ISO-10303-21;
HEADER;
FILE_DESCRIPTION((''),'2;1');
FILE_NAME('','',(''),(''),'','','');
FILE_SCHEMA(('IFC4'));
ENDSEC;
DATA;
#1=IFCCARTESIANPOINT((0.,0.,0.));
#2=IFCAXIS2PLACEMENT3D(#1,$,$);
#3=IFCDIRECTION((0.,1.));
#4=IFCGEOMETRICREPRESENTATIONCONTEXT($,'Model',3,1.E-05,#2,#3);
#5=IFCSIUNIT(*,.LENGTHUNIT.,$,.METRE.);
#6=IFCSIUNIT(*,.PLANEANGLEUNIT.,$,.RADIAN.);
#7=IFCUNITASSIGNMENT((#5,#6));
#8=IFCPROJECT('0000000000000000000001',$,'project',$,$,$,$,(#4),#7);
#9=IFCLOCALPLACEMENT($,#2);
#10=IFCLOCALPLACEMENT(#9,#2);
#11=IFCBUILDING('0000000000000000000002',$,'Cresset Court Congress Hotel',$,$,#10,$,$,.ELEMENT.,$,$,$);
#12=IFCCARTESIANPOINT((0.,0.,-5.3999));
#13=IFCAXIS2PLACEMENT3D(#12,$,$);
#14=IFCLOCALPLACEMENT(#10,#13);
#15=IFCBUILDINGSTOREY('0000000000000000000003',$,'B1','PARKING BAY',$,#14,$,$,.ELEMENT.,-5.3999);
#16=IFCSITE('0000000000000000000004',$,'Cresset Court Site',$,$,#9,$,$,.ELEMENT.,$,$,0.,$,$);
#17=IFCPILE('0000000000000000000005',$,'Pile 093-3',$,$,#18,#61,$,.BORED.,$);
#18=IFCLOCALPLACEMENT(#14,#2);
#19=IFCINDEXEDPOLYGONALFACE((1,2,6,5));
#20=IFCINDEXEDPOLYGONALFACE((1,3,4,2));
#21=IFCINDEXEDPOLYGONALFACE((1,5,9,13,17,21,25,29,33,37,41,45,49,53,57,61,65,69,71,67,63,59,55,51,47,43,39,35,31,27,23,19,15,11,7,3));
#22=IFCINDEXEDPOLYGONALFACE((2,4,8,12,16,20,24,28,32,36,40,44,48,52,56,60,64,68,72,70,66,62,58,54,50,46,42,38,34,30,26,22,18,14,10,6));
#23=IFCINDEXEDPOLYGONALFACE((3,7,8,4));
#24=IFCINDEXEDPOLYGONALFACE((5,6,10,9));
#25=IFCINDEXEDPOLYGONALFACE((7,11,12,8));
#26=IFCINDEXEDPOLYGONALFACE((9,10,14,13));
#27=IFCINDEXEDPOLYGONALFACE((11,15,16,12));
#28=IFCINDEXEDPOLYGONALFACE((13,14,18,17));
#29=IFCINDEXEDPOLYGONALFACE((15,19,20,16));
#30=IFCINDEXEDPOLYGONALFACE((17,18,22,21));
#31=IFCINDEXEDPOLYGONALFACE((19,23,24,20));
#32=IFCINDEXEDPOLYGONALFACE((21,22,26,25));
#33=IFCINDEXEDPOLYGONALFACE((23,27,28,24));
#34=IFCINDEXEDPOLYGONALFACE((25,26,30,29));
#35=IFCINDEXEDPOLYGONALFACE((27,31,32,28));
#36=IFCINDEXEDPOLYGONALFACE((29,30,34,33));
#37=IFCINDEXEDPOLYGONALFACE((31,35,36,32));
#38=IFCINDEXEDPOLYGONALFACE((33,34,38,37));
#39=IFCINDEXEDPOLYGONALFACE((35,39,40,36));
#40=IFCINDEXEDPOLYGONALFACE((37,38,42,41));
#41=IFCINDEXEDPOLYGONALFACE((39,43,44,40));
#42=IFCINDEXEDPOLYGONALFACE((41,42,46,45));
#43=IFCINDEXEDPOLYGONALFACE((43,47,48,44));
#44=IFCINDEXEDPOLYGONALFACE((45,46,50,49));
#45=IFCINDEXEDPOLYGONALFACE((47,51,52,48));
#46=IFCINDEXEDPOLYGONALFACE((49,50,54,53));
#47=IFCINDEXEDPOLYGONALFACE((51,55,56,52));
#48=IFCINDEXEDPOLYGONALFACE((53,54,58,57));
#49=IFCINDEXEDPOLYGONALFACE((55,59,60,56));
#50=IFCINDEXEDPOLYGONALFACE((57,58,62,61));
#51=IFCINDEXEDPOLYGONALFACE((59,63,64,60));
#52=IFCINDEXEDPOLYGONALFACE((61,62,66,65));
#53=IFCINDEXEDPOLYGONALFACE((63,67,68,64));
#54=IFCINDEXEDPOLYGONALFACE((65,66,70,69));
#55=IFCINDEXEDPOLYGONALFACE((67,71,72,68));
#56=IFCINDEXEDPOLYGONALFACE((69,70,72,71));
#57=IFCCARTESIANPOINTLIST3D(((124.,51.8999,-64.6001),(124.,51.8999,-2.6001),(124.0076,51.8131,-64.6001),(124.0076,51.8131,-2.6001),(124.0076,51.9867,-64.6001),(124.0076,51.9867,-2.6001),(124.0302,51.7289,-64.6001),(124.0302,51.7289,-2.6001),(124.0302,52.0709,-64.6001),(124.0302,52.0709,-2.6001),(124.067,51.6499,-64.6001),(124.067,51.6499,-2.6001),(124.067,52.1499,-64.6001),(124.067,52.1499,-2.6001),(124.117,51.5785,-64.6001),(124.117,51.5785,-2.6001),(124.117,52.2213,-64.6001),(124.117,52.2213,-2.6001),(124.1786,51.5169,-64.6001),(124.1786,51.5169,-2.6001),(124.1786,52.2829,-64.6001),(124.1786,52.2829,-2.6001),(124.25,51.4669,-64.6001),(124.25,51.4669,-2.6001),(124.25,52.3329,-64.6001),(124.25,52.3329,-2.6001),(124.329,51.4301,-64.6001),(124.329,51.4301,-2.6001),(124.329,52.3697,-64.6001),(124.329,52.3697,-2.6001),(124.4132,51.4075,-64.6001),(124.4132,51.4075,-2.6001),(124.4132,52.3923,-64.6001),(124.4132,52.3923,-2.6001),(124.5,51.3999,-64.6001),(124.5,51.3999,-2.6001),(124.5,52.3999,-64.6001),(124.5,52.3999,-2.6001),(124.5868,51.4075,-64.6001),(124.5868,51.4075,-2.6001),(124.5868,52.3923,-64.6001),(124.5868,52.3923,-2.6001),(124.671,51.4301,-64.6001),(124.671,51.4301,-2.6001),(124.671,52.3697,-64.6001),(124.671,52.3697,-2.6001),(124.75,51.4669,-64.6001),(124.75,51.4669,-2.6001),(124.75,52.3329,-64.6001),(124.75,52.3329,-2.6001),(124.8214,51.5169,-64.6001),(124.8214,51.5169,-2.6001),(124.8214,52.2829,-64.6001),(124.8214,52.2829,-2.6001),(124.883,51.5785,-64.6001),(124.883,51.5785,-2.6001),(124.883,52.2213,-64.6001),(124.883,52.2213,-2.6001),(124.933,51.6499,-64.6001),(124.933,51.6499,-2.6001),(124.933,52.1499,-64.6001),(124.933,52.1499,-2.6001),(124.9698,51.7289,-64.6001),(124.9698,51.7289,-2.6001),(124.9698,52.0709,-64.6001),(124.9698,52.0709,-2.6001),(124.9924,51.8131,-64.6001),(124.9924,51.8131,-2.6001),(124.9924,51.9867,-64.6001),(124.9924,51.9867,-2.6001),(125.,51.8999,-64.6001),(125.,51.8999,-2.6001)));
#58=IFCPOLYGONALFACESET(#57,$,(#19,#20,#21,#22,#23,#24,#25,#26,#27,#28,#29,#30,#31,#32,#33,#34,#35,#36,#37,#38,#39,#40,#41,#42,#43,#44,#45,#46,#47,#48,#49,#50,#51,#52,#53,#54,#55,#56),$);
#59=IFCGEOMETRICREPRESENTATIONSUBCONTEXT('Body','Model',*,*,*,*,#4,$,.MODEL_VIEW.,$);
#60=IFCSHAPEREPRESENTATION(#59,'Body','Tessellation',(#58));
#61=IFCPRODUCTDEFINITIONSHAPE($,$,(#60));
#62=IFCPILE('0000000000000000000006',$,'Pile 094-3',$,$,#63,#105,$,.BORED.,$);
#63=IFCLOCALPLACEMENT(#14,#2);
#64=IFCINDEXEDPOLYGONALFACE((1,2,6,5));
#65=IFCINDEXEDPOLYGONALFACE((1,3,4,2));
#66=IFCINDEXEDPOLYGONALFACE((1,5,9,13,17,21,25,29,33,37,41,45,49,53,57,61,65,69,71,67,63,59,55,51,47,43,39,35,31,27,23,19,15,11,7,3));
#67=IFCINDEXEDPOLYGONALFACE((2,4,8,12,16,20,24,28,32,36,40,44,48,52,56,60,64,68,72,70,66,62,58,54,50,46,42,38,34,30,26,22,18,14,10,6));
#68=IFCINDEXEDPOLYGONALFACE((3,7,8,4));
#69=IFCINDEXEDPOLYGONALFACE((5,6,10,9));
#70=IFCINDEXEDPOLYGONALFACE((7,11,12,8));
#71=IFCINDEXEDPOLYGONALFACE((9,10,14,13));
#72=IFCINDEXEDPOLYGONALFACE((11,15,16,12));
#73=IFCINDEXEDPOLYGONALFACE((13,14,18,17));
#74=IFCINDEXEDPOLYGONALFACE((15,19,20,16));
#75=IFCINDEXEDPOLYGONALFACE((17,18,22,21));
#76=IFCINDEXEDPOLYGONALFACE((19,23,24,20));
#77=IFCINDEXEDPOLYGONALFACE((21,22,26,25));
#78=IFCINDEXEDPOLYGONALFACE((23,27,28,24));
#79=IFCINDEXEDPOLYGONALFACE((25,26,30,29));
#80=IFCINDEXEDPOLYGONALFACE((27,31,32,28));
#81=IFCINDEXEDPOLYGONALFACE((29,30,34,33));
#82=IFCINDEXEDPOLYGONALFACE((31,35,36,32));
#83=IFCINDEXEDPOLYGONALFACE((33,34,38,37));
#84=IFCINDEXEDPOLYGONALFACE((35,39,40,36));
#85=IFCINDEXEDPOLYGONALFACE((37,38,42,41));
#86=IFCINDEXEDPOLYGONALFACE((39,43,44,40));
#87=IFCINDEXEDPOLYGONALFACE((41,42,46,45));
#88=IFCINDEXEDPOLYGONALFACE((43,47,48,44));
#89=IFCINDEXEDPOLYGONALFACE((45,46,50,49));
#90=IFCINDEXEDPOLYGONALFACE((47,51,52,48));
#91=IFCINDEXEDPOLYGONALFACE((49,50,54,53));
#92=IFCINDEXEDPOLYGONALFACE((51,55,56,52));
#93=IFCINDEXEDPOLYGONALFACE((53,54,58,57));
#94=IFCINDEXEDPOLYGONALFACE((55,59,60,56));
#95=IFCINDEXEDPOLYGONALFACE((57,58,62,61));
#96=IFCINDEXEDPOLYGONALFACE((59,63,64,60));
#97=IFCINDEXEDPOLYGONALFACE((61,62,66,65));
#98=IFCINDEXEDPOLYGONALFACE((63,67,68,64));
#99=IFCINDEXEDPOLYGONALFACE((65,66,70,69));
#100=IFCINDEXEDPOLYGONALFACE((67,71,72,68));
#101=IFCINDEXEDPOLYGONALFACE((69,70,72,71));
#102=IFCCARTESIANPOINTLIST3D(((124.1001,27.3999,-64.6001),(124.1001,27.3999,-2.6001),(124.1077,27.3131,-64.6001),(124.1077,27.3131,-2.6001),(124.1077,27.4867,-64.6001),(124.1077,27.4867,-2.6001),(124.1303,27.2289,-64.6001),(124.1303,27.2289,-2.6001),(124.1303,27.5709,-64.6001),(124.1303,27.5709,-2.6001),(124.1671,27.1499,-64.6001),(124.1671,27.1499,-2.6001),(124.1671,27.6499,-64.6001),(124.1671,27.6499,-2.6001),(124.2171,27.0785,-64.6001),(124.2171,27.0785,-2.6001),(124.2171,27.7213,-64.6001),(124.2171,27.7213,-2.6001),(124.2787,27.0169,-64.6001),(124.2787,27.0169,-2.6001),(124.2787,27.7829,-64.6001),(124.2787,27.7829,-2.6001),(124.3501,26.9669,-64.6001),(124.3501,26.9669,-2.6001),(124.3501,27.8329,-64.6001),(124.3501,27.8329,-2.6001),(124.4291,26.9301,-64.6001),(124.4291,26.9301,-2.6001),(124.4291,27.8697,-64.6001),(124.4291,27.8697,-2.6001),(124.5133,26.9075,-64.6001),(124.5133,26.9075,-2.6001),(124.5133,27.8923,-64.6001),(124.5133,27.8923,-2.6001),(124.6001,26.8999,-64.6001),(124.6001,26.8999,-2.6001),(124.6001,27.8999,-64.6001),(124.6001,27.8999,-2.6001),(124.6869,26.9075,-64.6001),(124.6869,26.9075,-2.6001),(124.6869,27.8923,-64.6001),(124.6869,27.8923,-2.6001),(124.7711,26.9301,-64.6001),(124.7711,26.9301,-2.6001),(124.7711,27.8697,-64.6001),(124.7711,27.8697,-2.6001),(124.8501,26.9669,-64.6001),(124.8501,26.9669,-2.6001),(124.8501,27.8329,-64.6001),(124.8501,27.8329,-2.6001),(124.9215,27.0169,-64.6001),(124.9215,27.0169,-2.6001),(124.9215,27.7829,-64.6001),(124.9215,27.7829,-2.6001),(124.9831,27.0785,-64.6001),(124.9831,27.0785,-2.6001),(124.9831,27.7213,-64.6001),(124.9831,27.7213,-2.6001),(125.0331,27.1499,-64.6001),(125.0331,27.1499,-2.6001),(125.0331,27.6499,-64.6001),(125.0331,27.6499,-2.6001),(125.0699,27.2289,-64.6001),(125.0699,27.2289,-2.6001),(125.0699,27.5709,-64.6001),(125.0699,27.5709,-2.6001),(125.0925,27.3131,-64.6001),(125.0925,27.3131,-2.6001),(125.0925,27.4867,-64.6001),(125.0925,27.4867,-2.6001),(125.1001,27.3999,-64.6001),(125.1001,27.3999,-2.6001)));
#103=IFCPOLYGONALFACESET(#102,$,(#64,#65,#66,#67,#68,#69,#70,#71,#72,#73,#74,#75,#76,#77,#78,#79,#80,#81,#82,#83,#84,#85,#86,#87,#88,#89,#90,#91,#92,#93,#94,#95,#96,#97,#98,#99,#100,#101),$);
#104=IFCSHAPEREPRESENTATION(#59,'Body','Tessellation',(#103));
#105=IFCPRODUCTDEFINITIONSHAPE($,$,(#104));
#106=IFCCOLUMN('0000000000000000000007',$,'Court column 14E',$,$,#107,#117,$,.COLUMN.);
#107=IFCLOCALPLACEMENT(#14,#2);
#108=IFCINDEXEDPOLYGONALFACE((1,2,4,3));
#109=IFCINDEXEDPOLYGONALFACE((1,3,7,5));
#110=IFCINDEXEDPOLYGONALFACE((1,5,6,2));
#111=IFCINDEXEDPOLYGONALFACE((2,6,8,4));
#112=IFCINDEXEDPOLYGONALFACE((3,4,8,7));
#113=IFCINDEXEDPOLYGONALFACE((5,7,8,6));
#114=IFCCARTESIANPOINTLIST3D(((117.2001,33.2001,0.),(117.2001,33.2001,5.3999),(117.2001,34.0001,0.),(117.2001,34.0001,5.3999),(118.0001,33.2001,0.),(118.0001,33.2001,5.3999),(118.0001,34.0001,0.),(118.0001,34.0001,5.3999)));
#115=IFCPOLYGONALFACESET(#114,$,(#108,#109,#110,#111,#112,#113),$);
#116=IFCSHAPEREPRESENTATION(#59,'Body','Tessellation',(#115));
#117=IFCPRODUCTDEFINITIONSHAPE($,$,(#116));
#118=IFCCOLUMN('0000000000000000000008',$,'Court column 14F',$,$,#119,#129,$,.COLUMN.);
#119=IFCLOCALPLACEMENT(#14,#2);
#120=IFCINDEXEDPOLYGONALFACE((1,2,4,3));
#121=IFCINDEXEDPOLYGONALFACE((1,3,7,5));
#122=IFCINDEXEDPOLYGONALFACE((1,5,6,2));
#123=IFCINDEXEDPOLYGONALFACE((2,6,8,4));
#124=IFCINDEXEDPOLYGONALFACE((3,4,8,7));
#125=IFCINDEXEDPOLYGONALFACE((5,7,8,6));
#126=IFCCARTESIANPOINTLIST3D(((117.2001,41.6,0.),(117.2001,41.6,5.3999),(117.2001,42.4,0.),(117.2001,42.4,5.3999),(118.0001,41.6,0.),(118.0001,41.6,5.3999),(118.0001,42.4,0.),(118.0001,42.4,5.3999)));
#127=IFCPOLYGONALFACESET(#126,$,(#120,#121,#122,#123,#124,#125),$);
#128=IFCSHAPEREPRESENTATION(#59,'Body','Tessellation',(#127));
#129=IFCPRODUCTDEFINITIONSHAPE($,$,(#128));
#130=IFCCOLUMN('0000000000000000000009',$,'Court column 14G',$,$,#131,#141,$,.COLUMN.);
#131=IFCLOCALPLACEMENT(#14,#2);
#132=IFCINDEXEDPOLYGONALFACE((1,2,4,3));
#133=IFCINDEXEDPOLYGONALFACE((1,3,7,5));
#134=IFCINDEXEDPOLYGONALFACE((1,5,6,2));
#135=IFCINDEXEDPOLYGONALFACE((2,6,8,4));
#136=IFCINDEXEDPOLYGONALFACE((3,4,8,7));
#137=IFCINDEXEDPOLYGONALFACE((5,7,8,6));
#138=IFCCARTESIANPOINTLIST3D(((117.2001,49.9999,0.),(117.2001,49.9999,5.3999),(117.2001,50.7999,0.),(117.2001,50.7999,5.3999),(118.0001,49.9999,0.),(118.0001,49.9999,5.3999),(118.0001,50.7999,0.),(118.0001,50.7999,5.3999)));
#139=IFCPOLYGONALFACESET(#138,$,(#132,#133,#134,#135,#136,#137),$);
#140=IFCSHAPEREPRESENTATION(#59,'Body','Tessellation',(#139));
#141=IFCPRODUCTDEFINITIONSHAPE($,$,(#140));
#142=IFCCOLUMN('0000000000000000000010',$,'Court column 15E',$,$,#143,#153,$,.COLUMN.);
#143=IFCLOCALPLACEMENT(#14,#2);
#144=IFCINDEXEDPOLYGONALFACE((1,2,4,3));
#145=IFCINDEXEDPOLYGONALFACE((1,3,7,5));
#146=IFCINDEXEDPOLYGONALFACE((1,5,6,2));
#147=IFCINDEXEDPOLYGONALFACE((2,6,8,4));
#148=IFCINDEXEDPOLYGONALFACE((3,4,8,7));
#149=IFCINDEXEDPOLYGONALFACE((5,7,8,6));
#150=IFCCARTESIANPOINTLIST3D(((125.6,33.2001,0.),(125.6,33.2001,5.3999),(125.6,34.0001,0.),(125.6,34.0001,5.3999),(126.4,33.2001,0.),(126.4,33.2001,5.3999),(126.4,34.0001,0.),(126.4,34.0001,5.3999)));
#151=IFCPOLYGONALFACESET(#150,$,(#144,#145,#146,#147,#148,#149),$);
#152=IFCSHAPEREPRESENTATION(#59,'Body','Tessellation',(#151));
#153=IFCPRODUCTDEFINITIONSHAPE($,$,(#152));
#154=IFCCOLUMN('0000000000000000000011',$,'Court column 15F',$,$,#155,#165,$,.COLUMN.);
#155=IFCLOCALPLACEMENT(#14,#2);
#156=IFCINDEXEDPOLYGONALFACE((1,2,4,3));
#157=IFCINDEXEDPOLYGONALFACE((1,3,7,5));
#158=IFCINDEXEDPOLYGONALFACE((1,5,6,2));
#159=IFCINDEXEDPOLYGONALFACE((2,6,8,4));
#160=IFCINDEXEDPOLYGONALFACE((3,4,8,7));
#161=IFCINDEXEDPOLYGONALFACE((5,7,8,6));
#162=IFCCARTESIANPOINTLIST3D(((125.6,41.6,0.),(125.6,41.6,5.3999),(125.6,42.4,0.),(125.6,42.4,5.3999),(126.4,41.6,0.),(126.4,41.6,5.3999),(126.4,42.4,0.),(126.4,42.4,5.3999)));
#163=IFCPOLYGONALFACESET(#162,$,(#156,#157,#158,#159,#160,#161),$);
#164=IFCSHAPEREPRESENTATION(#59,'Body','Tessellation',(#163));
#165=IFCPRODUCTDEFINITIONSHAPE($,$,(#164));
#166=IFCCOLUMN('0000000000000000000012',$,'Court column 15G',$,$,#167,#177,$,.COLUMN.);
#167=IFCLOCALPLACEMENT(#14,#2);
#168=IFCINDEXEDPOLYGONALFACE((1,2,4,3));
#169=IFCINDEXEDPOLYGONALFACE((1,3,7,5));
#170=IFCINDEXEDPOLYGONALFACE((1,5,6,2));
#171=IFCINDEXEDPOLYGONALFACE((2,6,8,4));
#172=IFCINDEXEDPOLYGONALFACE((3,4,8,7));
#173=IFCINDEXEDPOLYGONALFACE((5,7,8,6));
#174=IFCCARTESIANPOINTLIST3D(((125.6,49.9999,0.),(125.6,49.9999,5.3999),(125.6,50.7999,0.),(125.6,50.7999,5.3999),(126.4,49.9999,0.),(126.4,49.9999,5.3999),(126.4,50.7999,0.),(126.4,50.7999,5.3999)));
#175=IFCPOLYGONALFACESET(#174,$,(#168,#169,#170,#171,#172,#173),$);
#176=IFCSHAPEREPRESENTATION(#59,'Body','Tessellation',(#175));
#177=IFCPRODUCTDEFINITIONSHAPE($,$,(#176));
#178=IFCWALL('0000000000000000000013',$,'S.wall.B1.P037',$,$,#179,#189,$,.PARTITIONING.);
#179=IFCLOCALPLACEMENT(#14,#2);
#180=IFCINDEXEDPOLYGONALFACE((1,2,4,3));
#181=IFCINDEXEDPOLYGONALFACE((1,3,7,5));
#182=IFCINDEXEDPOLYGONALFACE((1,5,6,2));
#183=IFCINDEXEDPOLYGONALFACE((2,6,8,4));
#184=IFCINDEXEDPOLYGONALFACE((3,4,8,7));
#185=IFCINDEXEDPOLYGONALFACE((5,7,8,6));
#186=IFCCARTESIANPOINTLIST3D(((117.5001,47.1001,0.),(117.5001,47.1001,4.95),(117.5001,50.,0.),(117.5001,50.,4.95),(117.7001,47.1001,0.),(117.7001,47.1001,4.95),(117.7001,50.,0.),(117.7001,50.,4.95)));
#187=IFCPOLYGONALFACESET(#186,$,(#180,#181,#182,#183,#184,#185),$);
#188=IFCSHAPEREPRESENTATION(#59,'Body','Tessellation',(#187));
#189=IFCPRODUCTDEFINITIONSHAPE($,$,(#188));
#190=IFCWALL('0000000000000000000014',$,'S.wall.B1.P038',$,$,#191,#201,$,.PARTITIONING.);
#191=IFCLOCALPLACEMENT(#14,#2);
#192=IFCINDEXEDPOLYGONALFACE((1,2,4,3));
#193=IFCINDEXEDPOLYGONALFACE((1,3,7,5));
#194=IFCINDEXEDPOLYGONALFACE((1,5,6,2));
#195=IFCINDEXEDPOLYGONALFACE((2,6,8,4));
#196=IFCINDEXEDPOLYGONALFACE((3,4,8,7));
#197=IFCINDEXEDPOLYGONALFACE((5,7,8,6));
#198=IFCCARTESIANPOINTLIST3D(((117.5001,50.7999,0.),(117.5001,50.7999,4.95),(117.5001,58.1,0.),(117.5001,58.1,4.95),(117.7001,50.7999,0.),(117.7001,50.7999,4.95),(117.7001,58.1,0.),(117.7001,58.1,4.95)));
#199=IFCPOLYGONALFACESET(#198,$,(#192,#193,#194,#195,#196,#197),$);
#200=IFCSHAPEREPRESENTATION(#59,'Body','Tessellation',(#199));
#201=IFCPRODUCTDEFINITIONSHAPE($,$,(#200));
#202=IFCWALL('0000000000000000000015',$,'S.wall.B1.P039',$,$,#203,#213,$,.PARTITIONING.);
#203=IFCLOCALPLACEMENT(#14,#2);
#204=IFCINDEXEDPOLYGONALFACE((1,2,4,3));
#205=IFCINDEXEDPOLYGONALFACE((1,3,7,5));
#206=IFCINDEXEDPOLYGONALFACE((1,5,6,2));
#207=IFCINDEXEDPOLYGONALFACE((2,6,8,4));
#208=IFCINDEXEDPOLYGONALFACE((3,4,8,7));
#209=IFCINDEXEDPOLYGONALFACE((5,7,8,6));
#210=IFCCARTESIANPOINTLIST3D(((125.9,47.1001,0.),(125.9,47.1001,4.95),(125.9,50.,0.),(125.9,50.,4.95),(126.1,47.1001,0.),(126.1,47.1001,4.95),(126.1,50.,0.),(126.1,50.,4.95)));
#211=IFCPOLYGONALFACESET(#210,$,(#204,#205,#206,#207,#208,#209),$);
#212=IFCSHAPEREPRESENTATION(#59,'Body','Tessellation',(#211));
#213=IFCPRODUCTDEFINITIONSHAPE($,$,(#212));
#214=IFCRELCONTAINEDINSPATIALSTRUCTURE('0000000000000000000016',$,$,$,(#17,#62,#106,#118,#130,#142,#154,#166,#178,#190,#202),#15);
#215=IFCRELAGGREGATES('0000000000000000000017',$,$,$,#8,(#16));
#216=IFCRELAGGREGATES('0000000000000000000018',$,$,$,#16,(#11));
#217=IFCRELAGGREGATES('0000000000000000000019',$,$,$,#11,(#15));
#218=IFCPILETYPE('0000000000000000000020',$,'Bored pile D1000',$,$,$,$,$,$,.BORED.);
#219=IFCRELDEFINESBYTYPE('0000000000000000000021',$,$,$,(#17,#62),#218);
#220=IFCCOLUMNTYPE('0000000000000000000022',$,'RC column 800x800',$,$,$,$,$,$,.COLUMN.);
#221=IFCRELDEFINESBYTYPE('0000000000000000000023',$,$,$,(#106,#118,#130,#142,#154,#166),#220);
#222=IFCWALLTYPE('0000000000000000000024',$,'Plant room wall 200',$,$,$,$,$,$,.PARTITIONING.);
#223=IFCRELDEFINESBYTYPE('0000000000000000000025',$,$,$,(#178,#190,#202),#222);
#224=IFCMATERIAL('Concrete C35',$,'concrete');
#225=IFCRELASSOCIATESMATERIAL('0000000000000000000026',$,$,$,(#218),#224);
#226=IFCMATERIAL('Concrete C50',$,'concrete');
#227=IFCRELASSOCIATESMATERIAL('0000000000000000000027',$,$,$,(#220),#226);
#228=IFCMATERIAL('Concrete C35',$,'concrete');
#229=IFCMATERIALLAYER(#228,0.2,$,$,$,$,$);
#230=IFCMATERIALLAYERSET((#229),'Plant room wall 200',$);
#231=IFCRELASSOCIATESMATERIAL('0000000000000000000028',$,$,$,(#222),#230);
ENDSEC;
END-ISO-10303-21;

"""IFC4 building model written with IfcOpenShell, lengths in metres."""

from ifc_helpers import new_model, si_unit, direction, frame, frame_2d, origin, origin_2d, place, context, subcontext, project, spatial, rectangle, circle, extrude, material, layer, layer_set, material_profile, profile_set, type_object, element, save


model = new_model("IFC4")

# Units and contexts
model_context = context("Model", 3, precision=1e-05, world=origin(), true_north=direction((0.0, 1.0)))
body_context = subcontext(model_context, "Body", "Model", "MODEL_VIEW")
ifc_project = project(units=[si_unit("LENGTHUNIT", "METRE"), si_unit("PLANEANGLEUNIT", "RADIAN")], contexts=[model_context])

# Site, building, storey
site_placement = place(None, origin())
site = spatial("IfcSite", under=ifc_project, at=site_placement, Name="Cresset Court Site", CompositionType="ELEMENT", RefElevation=0.0)
building_placement = place(site_placement, origin())
building = spatial("IfcBuilding", under=site, at=building_placement, Name="Cresset Court Congress Hotel", CompositionType="ELEMENT")
storey_placement = place(building_placement, frame((0.0, 0.0, -5.3999)))
storey = spatial("IfcBuildingStorey", under=building, at=storey_placement, Name="B1", Description="PARKING BAY", CompositionType="ELEMENT", Elevation=-5.3999)

# Piles
ifc_material_1 = material(Name="Concrete C35", Category="concrete")
pile_type = type_object("IfcPileType", Name="Bored pile D1000", PredefinedType="BORED", material=ifc_material_1)
for number, where, z_axis, x_axis, name in (
    (1, (124.5, 51.8999, -2.6001), (0.0, 0.0, -1.0), (1.0, 0.0, 0.0), "Pile 093-3"),
    (2, (124.6001, 27.3999, -2.6001), (0.0, 0.0, -1.0), (1.0, 0.0, 0.0), "Pile 094-3"),
):
    element("IfcPile", number, at=place(storey_placement, frame(where, z_axis=z_axis, x_axis=x_axis)), inside=storey, type_object=pile_type, Name=name, PredefinedType="BORED", context=body_context, shape_type="SweptSolid", body=[
        extrude(circle(Radius=0.5, at=origin_2d()), origin(), (0.0, 0.0, 1.0), 62.0),
    ])

# Columns
ifc_material_2 = material(Name="Concrete C50", Category="concrete")
ifc_material_profile = material_profile(ifc_material_2, rectangle(XDim=0.8, YDim=0.8, at=origin_2d()), Name="RC800x800")
ifc_profile_set = profile_set([ifc_material_profile], Name="Concrete C50")
column_type = type_object("IfcColumnType", Name="RC column 800x800", PredefinedType="COLUMN", material=ifc_profile_set)
for number, where, z_axis, x_axis, name in (
    (3, (117.6001, 33.6001, 0.0), (0.0, 0.0, 1.0), (1.0, 0.0, 0.0), "Court column 14E"),
    (4, (117.6001, 42.0, 0.0), (0.0, 0.0, 1.0), (1.0, 0.0, 0.0), "Court column 14F"),
    (5, (117.6001, 50.3999, 0.0), (0.0, 0.0, 1.0), (1.0, 0.0, 0.0), "Court column 14G"),
    (6, (126.0, 33.6001, 0.0), (0.0, 0.0, 1.0), (1.0, 0.0, 0.0), "Court column 15E"),
    (7, (126.0, 42.0, 0.0), (0.0, 0.0, 1.0), (1.0, 0.0, 0.0), "Court column 15F"),
    (8, (126.0, 50.3999, 0.0), (0.0, 0.0, 1.0), (1.0, 0.0, 0.0), "Court column 15G"),
):
    element("IfcColumn", number, at=place(storey_placement, frame(where, z_axis=z_axis, x_axis=x_axis)), inside=storey, type_object=column_type, Name=name, PredefinedType="COLUMN", context=body_context, shape_type="SweptSolid", body=[
        extrude(rectangle(XDim=0.8, YDim=0.8, at=origin_2d()), origin(), (0.0, 0.0, 1.0), 5.3999),
    ])

# Walls
ifc_material_3 = material(Name="Concrete C35", Category="concrete")
ifc_layer = layer(ifc_material_3, 0.2)
ifc_layer_set = layer_set([ifc_layer], Name="Plant room wall 200")
wall_type = type_object("IfcWallType", Name="Plant room wall 200", PredefinedType="PARTITIONING", material=ifc_layer_set)
wall_1_placement = place(storey_placement, frame((117.6001, 47.1001, 0.0), z_axis=(0.0, 0.0, 1.0), x_axis=(0.0, 1.0, 0.0)))
element("IfcWall", 9, at=wall_1_placement, inside=storey, type_object=wall_type, Name="S.wall.B1.P037", PredefinedType="PARTITIONING", context=body_context, shape_type="SweptSolid", body=[
    extrude(rectangle(XDim=2.8999, YDim=0.2, at=frame_2d((1.45, 0.0))), origin(), (0.0, 0.0, 1.0), 4.95),
])
wall_2_placement = place(storey_placement, frame((117.6001, 50.8, 0.0), z_axis=(0.0, 0.0, 1.0), x_axis=(0.0, 1.0, 0.0)))
element("IfcWall", 10, at=wall_2_placement, inside=storey, type_object=wall_type, Name="S.wall.B1.P038", PredefinedType="PARTITIONING", context=body_context, shape_type="SweptSolid", body=[
    extrude(rectangle(XDim=7.3, YDim=0.2, at=frame_2d((3.6499, 0.0))), origin(), (0.0, 0.0, 1.0), 4.95),
])
wall_3_placement = place(storey_placement, frame((126.0, 47.1001, 0.0), z_axis=(0.0, 0.0, 1.0), x_axis=(0.0, 1.0, 0.0)))
element("IfcWall", 11, at=wall_3_placement, inside=storey, type_object=wall_type, Name="S.wall.B1.P039", PredefinedType="PARTITIONING", context=body_context, shape_type="SweptSolid", body=[
    extrude(rectangle(XDim=2.8999, YDim=0.2, at=frame_2d((1.45, 0.0))), origin(), (0.0, 0.0, 1.0), 4.95),
])

save(model, "model.ifc")
